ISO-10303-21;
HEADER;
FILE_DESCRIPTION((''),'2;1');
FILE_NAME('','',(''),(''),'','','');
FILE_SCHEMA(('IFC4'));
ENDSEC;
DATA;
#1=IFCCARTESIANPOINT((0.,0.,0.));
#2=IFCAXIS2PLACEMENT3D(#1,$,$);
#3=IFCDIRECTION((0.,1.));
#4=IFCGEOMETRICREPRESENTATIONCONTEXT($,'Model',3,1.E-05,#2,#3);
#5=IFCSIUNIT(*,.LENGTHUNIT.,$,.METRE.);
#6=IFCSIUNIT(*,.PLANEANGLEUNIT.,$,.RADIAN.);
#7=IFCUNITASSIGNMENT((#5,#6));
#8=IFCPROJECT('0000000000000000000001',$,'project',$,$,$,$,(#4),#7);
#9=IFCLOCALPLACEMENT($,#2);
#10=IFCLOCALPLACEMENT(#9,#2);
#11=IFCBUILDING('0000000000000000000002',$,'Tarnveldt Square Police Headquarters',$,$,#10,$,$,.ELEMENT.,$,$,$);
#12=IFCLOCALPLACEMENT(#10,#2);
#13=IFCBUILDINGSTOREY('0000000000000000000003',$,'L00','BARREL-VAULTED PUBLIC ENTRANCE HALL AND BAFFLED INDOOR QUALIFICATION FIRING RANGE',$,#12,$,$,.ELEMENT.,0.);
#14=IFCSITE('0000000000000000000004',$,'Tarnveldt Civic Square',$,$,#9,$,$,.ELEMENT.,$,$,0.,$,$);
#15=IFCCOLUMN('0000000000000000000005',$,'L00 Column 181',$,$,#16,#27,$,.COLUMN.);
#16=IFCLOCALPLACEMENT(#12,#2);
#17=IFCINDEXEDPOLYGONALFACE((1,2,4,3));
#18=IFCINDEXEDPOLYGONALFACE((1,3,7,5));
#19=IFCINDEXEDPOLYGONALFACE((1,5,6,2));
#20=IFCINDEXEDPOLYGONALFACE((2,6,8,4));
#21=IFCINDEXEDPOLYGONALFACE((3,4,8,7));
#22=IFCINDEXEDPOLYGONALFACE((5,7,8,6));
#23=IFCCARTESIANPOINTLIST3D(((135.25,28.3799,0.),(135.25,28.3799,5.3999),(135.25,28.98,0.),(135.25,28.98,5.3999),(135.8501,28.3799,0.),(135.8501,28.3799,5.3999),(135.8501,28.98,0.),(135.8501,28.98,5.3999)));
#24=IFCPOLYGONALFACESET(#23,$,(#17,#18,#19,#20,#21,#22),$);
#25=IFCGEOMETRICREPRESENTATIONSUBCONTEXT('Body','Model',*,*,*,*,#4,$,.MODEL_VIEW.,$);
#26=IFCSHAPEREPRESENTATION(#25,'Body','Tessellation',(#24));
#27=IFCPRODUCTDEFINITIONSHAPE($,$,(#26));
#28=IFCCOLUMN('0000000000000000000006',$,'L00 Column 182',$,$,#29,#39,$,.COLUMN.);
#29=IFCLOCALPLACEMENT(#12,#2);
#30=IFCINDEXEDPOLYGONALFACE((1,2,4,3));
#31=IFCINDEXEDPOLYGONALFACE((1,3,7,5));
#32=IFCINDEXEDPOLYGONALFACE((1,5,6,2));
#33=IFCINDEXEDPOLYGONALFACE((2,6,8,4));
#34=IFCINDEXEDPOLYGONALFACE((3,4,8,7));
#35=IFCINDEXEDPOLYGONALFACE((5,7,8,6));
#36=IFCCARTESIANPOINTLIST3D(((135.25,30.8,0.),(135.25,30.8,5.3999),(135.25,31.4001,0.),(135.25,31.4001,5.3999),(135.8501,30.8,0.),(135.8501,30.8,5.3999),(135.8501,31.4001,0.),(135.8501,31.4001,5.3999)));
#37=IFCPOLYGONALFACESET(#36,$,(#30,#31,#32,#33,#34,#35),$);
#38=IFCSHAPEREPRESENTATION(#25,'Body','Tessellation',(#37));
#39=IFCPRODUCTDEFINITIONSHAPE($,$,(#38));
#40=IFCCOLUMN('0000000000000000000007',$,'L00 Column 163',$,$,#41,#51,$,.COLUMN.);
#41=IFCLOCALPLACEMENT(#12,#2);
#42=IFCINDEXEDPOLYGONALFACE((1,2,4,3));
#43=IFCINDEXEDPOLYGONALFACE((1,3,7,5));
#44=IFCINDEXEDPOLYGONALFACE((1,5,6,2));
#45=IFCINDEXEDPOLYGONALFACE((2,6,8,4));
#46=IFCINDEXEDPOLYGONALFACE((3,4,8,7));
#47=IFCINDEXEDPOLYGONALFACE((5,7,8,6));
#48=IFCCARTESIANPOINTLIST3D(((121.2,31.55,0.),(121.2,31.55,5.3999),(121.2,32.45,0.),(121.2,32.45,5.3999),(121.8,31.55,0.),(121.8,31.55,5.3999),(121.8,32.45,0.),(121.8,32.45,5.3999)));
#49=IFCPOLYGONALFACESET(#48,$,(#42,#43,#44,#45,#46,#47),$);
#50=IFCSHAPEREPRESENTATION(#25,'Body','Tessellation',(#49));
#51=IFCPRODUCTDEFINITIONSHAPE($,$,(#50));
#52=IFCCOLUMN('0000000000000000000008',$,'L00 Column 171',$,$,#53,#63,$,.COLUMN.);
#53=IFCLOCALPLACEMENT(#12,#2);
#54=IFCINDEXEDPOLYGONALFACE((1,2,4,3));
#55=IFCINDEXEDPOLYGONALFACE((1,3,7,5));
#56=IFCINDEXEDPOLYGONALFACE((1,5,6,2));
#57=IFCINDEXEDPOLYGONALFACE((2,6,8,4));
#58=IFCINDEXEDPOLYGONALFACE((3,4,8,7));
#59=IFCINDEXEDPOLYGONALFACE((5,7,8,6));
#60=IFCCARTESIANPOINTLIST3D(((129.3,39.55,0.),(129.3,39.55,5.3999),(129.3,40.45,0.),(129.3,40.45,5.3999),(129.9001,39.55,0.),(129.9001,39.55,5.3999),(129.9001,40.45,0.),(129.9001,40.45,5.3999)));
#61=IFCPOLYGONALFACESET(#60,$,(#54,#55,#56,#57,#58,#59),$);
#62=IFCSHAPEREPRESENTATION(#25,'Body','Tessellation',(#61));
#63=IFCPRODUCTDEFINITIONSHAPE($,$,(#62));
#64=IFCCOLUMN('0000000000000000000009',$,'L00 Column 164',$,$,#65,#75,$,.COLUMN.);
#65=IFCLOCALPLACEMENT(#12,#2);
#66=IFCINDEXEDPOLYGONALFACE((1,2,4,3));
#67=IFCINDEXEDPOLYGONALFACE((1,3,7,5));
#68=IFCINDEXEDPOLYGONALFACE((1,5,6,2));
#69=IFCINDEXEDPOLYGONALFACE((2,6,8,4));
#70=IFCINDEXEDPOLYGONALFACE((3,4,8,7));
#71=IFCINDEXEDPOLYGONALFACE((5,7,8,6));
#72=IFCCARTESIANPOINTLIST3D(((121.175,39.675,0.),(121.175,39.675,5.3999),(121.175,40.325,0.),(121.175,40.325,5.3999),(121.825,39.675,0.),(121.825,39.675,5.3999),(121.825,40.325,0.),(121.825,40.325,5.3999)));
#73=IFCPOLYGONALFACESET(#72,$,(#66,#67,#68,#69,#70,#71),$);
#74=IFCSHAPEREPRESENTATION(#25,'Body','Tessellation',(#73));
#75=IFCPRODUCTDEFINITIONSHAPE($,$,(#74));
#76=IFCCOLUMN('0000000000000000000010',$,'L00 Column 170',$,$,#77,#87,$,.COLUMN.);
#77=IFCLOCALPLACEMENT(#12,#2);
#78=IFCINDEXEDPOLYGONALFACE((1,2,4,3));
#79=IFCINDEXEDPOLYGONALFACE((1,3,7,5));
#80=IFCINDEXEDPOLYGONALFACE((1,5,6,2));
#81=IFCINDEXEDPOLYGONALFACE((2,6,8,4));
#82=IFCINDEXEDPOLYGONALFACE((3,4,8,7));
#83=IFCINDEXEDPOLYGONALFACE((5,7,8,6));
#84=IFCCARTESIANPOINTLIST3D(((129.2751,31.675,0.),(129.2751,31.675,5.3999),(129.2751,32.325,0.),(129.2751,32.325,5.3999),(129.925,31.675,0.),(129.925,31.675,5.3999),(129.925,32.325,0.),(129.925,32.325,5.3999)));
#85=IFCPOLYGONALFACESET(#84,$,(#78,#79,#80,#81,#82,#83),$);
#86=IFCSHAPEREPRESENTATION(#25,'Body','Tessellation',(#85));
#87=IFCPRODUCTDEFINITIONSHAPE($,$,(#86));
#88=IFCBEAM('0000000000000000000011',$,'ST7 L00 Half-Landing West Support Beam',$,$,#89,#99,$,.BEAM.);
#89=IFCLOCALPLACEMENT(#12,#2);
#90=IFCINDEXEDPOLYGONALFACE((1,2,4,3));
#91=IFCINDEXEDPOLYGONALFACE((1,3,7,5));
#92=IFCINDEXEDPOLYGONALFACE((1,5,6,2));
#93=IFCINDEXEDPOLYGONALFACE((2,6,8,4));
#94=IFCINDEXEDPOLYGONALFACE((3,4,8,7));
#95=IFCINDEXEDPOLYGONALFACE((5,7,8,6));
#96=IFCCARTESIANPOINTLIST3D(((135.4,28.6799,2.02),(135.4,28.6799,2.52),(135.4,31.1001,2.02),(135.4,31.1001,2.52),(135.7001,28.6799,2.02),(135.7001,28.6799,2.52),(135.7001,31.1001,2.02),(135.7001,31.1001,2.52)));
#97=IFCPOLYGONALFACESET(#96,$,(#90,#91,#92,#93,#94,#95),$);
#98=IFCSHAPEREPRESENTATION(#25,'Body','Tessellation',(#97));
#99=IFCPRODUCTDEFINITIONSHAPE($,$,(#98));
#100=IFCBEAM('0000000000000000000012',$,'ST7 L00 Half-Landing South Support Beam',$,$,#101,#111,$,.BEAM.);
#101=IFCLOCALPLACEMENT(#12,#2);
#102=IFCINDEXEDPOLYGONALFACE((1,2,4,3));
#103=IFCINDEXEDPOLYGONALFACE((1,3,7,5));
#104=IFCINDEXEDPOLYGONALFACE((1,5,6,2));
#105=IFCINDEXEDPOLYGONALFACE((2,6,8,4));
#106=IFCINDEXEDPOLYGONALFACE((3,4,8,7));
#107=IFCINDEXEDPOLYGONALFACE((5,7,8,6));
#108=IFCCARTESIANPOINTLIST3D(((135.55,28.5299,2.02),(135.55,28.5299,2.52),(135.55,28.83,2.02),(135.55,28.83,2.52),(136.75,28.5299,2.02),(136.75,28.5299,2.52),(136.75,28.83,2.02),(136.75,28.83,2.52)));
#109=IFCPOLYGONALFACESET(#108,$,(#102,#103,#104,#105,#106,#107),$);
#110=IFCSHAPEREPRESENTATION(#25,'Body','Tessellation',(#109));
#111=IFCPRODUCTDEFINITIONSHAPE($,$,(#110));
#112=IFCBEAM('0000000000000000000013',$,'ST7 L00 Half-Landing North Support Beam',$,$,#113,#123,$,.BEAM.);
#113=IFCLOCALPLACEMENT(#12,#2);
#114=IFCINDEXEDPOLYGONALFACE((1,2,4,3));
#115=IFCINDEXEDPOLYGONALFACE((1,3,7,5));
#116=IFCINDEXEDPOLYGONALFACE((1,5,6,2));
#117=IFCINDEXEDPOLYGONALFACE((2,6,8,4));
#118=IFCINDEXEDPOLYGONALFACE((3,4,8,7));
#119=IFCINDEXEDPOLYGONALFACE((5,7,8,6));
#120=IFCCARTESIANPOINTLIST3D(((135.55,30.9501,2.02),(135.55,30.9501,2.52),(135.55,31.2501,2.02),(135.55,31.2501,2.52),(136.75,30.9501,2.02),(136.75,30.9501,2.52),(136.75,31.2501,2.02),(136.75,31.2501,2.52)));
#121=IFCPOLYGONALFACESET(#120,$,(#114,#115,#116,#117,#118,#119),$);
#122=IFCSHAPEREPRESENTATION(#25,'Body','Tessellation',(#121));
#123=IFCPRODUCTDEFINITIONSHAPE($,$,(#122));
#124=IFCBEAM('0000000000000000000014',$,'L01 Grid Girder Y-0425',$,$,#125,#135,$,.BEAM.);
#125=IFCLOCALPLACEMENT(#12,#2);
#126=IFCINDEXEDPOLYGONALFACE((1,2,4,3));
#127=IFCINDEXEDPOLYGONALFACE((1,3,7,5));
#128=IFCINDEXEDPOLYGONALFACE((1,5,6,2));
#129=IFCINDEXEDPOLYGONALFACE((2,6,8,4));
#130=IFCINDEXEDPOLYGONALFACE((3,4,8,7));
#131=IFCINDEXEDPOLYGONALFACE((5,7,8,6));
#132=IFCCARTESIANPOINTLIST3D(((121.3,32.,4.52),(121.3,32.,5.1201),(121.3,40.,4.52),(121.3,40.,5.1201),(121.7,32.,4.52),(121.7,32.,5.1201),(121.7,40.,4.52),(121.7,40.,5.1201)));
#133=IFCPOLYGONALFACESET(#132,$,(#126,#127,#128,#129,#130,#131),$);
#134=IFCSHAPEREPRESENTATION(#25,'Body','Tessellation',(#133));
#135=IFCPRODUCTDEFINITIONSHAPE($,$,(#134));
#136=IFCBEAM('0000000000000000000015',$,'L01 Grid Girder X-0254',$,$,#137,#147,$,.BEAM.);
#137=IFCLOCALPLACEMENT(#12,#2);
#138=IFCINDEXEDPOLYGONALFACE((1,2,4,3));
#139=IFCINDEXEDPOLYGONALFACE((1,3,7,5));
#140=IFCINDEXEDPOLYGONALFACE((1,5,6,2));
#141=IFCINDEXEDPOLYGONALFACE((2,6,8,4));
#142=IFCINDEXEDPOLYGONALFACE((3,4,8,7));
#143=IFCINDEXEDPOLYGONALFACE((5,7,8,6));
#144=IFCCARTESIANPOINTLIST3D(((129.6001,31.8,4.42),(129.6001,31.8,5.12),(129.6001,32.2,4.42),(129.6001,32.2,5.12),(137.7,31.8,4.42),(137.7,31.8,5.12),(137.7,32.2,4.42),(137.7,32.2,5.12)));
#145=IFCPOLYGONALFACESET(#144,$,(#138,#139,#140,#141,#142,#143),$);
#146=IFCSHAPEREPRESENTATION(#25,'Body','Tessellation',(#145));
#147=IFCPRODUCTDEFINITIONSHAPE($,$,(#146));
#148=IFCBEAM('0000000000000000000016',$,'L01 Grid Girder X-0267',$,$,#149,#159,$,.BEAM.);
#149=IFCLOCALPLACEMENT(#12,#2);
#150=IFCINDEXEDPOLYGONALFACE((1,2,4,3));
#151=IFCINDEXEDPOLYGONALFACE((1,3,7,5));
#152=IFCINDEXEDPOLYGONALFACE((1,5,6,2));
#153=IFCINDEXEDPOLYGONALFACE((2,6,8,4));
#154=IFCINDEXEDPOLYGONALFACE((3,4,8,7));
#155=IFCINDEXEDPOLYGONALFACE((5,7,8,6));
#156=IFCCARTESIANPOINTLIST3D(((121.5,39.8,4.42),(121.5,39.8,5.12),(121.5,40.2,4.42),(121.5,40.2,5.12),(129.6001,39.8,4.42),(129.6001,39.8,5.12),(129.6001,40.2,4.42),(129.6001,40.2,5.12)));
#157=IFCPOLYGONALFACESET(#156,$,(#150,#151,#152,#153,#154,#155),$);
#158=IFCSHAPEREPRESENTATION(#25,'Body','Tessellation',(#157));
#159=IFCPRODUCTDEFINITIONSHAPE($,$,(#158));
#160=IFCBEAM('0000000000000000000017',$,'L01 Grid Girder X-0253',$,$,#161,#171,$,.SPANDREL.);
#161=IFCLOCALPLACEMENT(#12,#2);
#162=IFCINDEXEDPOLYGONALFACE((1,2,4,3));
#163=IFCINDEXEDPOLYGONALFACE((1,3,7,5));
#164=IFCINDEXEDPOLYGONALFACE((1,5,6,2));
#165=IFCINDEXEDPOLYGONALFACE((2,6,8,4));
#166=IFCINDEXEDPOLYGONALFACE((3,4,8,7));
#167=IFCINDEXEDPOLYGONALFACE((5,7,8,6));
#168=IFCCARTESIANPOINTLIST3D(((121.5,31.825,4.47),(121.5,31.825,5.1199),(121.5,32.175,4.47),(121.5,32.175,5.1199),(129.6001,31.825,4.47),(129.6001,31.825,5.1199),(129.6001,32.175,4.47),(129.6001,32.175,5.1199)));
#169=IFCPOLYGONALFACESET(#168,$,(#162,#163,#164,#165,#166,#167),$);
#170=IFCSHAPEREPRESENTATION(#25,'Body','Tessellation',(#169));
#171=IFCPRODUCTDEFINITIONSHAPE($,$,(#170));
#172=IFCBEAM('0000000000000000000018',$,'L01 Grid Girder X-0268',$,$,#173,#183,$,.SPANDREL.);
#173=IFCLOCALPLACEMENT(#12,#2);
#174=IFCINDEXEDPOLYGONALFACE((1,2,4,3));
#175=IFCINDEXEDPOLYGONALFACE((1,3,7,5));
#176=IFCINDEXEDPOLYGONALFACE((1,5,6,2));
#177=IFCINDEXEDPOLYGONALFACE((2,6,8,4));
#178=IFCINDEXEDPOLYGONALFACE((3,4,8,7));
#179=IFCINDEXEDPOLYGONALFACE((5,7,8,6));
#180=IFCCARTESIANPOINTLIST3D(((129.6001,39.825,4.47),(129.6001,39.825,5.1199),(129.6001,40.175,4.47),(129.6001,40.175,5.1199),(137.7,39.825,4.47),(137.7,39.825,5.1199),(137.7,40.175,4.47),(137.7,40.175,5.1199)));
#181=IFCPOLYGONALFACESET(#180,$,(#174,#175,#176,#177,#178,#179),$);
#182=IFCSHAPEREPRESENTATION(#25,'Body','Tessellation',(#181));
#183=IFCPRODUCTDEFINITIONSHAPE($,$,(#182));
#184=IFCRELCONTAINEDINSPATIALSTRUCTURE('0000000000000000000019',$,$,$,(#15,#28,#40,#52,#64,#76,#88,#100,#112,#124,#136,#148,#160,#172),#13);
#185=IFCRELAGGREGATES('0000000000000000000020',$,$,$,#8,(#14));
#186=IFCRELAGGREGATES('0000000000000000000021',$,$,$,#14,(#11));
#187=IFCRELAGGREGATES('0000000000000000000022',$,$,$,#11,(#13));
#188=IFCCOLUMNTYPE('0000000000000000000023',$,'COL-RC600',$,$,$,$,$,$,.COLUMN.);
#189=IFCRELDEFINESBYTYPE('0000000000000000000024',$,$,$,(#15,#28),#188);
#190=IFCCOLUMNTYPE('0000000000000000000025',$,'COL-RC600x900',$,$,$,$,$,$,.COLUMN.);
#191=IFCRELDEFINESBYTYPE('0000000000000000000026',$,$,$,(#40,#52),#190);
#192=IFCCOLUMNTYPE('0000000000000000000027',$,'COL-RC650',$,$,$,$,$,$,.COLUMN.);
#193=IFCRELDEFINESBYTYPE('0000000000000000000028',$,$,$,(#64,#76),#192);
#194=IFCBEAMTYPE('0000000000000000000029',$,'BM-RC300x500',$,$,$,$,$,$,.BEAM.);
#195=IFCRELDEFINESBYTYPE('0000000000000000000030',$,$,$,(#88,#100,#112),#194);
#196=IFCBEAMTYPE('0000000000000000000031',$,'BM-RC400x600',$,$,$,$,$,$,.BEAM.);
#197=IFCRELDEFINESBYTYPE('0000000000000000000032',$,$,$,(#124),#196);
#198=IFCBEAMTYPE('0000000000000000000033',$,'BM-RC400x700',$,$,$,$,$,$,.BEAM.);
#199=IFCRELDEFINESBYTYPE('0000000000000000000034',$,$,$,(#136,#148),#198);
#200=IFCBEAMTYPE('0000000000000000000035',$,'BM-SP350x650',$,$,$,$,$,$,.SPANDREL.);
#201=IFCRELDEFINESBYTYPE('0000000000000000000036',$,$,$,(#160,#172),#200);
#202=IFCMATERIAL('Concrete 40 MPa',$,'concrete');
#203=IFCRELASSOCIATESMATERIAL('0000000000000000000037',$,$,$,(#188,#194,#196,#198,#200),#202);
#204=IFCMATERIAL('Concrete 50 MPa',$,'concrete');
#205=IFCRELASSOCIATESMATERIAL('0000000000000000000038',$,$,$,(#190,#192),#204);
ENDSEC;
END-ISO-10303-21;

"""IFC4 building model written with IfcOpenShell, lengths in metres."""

from ifc_helpers import new_model, si_unit, direction, frame, origin, origin_2d, place, context, subcontext, project, spatial, rectangle, extrude, material, material_profile, profile_set, type_object, element, save


model = new_model("IFC4")

# Units and contexts
model_context = context("Model", 3, precision=1e-05, world=origin(), true_north=direction((0.0, 1.0)))
body_context = subcontext(model_context, "Body", "Model", "MODEL_VIEW")
ifc_project = project(units=[si_unit("LENGTHUNIT", "METRE"), si_unit("PLANEANGLEUNIT", "RADIAN")], contexts=[model_context])

# Site, building, storey
site_placement = place(None, origin())
site = spatial("IfcSite", under=ifc_project, at=site_placement, Name="Tarnveldt Civic Square", CompositionType="ELEMENT", RefElevation=0.0)
building_placement = place(site_placement, origin())
building = spatial("IfcBuilding", under=site, at=building_placement, Name="Tarnveldt Square Police Headquarters", CompositionType="ELEMENT")
storey_placement = place(building_placement, origin())
storey = spatial("IfcBuildingStorey", under=building, at=storey_placement, Name="L00", Description="BARREL-VAULTED PUBLIC ENTRANCE HALL AND BAFFLED INDOOR QUALIFICATION FIRING RANGE", CompositionType="ELEMENT", Elevation=0.0)

# Columns
ifc_material_1 = material(Name="Concrete 40 MPa", Category="concrete")
ifc_material_profile_1 = material_profile(ifc_material_1, rectangle(XDim=0.6001, YDim=0.6001, at=origin_2d()), Name="RC-C600x600")
ifc_profile_set_1 = profile_set([ifc_material_profile_1], Name="Concrete 40 MPa")
column_type_1 = type_object("IfcColumnType", Name="COL-RC600", PredefinedType="COLUMN", material=ifc_profile_set_1)
for number, where, z_axis, x_axis, name in (
    (1, (135.55, 28.6799, 0.0), (0.0, 0.0, 1.0), (1.0, 0.0, 0.0), "L00 Column 181"),
    (2, (135.55, 31.1001, 0.0), (0.0, 0.0, 1.0), (1.0, 0.0, 0.0), "L00 Column 182"),
):
    element("IfcColumn", number, at=place(storey_placement, frame(where, z_axis=z_axis, x_axis=x_axis)), inside=storey, type_object=column_type_1, Name=name, PredefinedType="COLUMN", context=body_context, shape_type="SweptSolid", body=[
        extrude(rectangle(XDim=0.6001, YDim=0.6001, at=origin_2d()), origin(), (0.0, 0.0, 1.0), 5.3999),
    ])
ifc_material_2 = material(Name="Concrete 50 MPa", Category="concrete")
ifc_material_profile_2 = material_profile(ifc_material_2, rectangle(XDim=0.6001, YDim=0.8999, at=origin_2d()), Name="RC-C600x900")
ifc_profile_set_2 = profile_set([ifc_material_profile_2], Name="Concrete 50 MPa")
column_type_2 = type_object("IfcColumnType", Name="COL-RC600x900", PredefinedType="COLUMN", material=ifc_profile_set_2)
for number, where, z_axis, x_axis, name in (
    (3, (121.5, 32.0, 0.0), (0.0, 0.0, 1.0), (1.0, 0.0, 0.0), "L00 Column 163"),
    (4, (129.6001, 40.0, 0.0), (0.0, 0.0, 1.0), (1.0, 0.0, 0.0), "L00 Column 171"),
):
    element("IfcColumn", number, at=place(storey_placement, frame(where, z_axis=z_axis, x_axis=x_axis)), inside=storey, type_object=column_type_2, Name=name, PredefinedType="COLUMN", context=body_context, shape_type="SweptSolid", body=[
        extrude(rectangle(XDim=0.6001, YDim=0.8999, at=origin_2d()), origin(), (0.0, 0.0, 1.0), 5.3999),
    ])
ifc_material_profile_3 = material_profile(ifc_material_2, rectangle(XDim=0.6499, YDim=0.6499, at=origin_2d()), Name="RC-C650x650")
ifc_profile_set_3 = profile_set([ifc_material_profile_3], Name="Concrete 50 MPa")
column_type_3 = type_object("IfcColumnType", Name="COL-RC650", PredefinedType="COLUMN", material=ifc_profile_set_3)
for number, where, z_axis, x_axis, name in (
    (5, (121.5, 40.0, 0.0), (0.0, 0.0, 1.0), (1.0, 0.0, 0.0), "L00 Column 164"),
    (6, (129.6001, 32.0, 0.0), (0.0, 0.0, 1.0), (1.0, 0.0, 0.0), "L00 Column 170"),
):
    element("IfcColumn", number, at=place(storey_placement, frame(where, z_axis=z_axis, x_axis=x_axis)), inside=storey, type_object=column_type_3, Name=name, PredefinedType="COLUMN", context=body_context, shape_type="SweptSolid", body=[
        extrude(rectangle(XDim=0.6499, YDim=0.6499, at=origin_2d()), origin(), (0.0, 0.0, 1.0), 5.3999),
    ])

# Beams
ifc_material_profile_4 = material_profile(ifc_material_1, rectangle(XDim=0.3, YDim=0.5, at=origin_2d()), Name="RC-B300x500")
ifc_profile_set_4 = profile_set([ifc_material_profile_4], Name="Concrete 40 MPa")
beam_type_1 = type_object("IfcBeamType", Name="BM-RC300x500", PredefinedType="BEAM", material=ifc_profile_set_4)
beam_1_placement = place(storey_placement, frame((135.55, 28.6799, 2.27), z_axis=(0.0, 1.0, 0.0), x_axis=(-1.0, 0.0, 0.0)))
element("IfcBeam", 7, at=beam_1_placement, inside=storey, type_object=beam_type_1, Name="ST7 L00 Half-Landing West Support Beam", PredefinedType="BEAM", context=body_context, shape_type="SweptSolid", body=[
    extrude(rectangle(XDim=0.3, YDim=0.5, at=origin_2d()), origin(), (0.0, 0.0, 1.0), 2.4202),
])
for number, where, z_axis, x_axis, name in (
    (8, (135.55, 28.6799, 2.27), (1.0, 0.0, 0.0), (0.0, 1.0, 0.0), "ST7 L00 Half-Landing South Support Beam"),
    (9, (135.55, 31.1001, 2.27), (1.0, 0.0, 0.0), (0.0, 1.0, 0.0), "ST7 L00 Half-Landing North Support Beam"),
):
    element("IfcBeam", number, at=place(storey_placement, frame(where, z_axis=z_axis, x_axis=x_axis)), inside=storey, type_object=beam_type_1, Name=name, PredefinedType="BEAM", context=body_context, shape_type="SweptSolid", body=[
        extrude(rectangle(XDim=0.3, YDim=0.5, at=origin_2d()), origin(), (0.0, 0.0, 1.0), 1.2),
    ])
ifc_material_profile_5 = material_profile(ifc_material_1, rectangle(XDim=0.3999, YDim=0.6001, at=origin_2d()), Name="RC-B400x600")
ifc_profile_set_5 = profile_set([ifc_material_profile_5], Name="Concrete 40 MPa")
beam_type_2 = type_object("IfcBeamType", Name="BM-RC400x600", PredefinedType="BEAM", material=ifc_profile_set_5)
beam_2_placement = place(storey_placement, frame((121.5, 32.0, 4.8201), z_axis=(0.0, 1.0, 0.0), x_axis=(-1.0, 0.0, 0.0)))
element("IfcBeam", 10, at=beam_2_placement, inside=storey, type_object=beam_type_2, Name="L01 Grid Girder Y-0425", PredefinedType="BEAM", context=body_context, shape_type="SweptSolid", body=[
    extrude(rectangle(XDim=0.3999, YDim=0.6001, at=origin_2d()), origin(), (0.0, 0.0, 1.0), 8.0),
])
ifc_material_profile_6 = material_profile(ifc_material_1, rectangle(XDim=0.3999, YDim=0.7, at=origin_2d()), Name="RC-B400x700")
ifc_profile_set_6 = profile_set([ifc_material_profile_6], Name="Concrete 40 MPa")
beam_type_3 = type_object("IfcBeamType", Name="BM-RC400x700", PredefinedType="BEAM", material=ifc_profile_set_6)
beam_3_placement = place(storey_placement, frame((129.6001, 32.0, 4.77), z_axis=(1.0, 0.0, 0.0), x_axis=(0.0, 1.0, 0.0)))
element("IfcBeam", 11, at=beam_3_placement, inside=storey, type_object=beam_type_3, Name="L01 Grid Girder X-0254", PredefinedType="BEAM", context=body_context, shape_type="SweptSolid", body=[
    extrude(rectangle(XDim=0.3999, YDim=0.7, at=origin_2d()), origin(), (0.0, 0.0, 1.0), 8.0999),
])
beam_4_placement = place(storey_placement, frame((121.5, 40.0, 4.77), z_axis=(1.0, 0.0, 0.0), x_axis=(0.0, 1.0, 0.0)))
element("IfcBeam", 12, at=beam_4_placement, inside=storey, type_object=beam_type_3, Name="L01 Grid Girder X-0267", PredefinedType="BEAM", context=body_context, shape_type="SweptSolid", body=[
    extrude(rectangle(XDim=0.3999, YDim=0.7, at=origin_2d()), origin(), (0.0, 0.0, 1.0), 8.1001),
])
ifc_material_profile_7 = material_profile(ifc_material_1, rectangle(XDim=0.3501, YDim=0.6499, at=origin_2d()), Name="RC-SP350x650")
ifc_profile_set_7 = profile_set([ifc_material_profile_7], Name="Concrete 40 MPa")
beam_type_4 = type_object("IfcBeamType", Name="BM-SP350x650", PredefinedType="SPANDREL", material=ifc_profile_set_7)
beam_5_placement = place(storey_placement, frame((121.5, 32.0, 4.7949), z_axis=(1.0, 0.0, 0.0), x_axis=(0.0, 1.0, 0.0)))
element("IfcBeam", 13, at=beam_5_placement, inside=storey, type_object=beam_type_4, Name="L01 Grid Girder X-0253", PredefinedType="SPANDREL", context=body_context, shape_type="SweptSolid", body=[
    extrude(rectangle(XDim=0.3501, YDim=0.6499, at=origin_2d()), origin(), (0.0, 0.0, 1.0), 8.1001),
])
beam_6_placement = place(storey_placement, frame((129.6001, 40.0, 4.7949), z_axis=(1.0, 0.0, 0.0), x_axis=(0.0, 1.0, 0.0)))
element("IfcBeam", 14, at=beam_6_placement, inside=storey, type_object=beam_type_4, Name="L01 Grid Girder X-0268", PredefinedType="SPANDREL", context=body_context, shape_type="SweptSolid", body=[
    extrude(rectangle(XDim=0.3501, YDim=0.6499, at=origin_2d()), origin(), (0.0, 0.0, 1.0), 8.0999),
])

save(model, "model.ifc")
